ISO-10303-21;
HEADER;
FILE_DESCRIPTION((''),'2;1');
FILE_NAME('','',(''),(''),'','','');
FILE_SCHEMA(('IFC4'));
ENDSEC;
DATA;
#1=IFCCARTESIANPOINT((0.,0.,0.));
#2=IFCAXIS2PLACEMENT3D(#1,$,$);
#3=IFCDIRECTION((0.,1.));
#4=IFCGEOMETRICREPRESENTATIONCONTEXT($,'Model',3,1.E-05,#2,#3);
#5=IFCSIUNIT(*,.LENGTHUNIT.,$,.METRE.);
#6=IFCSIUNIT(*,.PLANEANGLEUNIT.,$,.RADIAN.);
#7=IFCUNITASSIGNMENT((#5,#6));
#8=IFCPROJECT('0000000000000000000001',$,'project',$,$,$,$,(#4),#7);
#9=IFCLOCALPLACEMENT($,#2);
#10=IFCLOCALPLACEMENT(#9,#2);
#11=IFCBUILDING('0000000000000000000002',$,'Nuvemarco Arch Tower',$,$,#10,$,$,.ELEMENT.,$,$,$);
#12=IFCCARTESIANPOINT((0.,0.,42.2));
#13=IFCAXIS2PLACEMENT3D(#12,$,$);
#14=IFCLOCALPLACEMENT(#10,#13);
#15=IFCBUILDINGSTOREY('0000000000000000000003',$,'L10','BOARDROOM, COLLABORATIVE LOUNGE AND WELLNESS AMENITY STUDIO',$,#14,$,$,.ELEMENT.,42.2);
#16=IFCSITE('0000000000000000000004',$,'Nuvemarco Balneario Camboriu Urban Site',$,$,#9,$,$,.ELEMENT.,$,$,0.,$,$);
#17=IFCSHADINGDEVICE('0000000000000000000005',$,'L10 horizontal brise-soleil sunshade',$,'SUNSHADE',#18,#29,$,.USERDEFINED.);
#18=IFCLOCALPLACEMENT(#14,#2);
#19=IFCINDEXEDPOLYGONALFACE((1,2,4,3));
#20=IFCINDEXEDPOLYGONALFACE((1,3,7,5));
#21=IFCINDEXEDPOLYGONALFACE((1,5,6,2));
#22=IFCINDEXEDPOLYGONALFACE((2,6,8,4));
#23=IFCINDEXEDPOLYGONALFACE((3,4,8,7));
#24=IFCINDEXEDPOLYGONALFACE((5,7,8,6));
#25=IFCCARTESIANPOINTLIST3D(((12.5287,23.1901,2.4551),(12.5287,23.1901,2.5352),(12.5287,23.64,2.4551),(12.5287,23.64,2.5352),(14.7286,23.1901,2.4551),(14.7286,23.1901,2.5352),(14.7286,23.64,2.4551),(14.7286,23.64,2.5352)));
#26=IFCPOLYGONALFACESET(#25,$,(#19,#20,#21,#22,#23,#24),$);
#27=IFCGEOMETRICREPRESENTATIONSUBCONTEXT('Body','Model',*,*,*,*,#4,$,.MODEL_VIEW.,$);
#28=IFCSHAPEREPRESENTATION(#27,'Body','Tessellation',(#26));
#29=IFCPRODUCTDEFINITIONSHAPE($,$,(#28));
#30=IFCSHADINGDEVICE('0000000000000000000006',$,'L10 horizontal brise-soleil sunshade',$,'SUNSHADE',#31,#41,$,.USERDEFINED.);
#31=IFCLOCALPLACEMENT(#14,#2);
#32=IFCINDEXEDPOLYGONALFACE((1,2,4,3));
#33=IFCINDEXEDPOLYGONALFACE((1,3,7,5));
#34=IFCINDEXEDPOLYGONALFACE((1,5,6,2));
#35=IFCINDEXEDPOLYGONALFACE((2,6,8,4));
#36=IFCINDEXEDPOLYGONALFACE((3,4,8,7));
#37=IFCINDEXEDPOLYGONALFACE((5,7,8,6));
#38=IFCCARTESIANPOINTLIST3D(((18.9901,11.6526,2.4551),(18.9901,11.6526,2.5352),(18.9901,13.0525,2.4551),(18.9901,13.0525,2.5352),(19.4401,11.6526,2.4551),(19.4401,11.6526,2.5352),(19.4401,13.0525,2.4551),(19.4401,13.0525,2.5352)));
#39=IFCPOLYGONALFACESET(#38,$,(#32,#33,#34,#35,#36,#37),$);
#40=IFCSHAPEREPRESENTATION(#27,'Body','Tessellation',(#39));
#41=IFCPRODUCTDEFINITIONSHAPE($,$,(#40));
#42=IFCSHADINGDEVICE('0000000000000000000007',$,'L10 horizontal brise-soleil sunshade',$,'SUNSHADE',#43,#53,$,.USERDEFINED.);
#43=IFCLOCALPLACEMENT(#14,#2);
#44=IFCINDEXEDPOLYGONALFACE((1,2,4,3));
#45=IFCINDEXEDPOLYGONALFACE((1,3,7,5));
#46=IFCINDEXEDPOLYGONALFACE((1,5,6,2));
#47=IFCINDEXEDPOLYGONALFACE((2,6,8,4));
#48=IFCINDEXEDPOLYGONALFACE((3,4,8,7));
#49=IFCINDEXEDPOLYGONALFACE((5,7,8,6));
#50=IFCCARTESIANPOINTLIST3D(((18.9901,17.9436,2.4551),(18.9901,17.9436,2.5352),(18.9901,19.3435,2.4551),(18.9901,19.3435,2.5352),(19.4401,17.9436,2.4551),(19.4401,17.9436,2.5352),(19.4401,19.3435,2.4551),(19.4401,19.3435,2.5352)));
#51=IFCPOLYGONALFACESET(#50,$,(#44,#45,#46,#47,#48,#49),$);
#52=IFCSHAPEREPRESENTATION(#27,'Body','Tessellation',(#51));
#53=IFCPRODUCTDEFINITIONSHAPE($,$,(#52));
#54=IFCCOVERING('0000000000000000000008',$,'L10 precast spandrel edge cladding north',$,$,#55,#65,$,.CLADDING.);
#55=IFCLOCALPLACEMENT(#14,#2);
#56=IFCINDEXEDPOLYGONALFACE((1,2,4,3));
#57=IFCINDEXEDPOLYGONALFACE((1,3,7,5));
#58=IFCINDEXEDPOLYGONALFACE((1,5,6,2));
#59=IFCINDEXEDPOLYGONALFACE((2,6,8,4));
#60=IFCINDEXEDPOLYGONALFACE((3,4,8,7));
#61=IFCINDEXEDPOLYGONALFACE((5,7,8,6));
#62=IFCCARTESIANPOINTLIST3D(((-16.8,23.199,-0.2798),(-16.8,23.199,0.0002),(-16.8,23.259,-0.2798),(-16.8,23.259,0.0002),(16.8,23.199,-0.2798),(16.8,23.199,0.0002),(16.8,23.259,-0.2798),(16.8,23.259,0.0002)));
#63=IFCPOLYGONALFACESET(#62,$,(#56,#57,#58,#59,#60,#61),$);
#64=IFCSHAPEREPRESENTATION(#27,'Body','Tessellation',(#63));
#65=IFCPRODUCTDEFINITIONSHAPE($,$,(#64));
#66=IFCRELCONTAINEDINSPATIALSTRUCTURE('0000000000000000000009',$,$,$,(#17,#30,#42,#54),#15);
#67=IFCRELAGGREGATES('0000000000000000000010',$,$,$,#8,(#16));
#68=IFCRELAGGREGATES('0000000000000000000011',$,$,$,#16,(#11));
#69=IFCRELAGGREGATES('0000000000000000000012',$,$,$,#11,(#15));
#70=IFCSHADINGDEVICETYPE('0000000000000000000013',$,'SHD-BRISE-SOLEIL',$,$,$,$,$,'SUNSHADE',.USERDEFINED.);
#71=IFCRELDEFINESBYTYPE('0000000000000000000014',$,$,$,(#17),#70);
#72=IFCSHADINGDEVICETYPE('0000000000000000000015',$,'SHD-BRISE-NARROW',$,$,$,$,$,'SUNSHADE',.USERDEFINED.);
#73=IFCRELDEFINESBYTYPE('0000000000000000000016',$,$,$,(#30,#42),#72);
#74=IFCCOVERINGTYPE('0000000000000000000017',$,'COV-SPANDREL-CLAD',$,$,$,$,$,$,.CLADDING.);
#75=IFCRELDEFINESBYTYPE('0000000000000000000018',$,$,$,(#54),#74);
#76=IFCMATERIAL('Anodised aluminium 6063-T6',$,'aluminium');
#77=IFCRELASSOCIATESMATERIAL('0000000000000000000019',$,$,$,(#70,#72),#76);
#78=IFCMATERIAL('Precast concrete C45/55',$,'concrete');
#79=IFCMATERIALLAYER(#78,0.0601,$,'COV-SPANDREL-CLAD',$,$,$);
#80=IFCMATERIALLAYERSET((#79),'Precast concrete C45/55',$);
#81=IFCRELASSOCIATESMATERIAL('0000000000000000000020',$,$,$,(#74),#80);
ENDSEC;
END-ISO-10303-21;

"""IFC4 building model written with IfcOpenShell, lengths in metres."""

from ifc_helpers import new_model, si_unit, direction, frame, origin, origin_2d, place, context, subcontext, project, spatial, rectangle, extrude, source, transform, mapped, material, layer, layer_set, type_object, type_shapes, element, save


model = new_model("IFC4")

# Units and contexts
model_context = context("Model", 3, precision=1e-05, world=origin(), true_north=direction((0.0, 1.0)))
body_context = subcontext(model_context, "Body", "Model", "MODEL_VIEW")
ifc_project = project(units=[si_unit("LENGTHUNIT", "METRE"), si_unit("PLANEANGLEUNIT", "RADIAN")], contexts=[model_context])

# Site, building, storey
site_placement = place(None, origin())
site = spatial("IfcSite", under=ifc_project, at=site_placement, Name="Nuvemarco Balneario Camboriu Urban Site", CompositionType="ELEMENT", RefElevation=0.0)
building_placement = place(site_placement, origin())
building = spatial("IfcBuilding", under=site, at=building_placement, Name="Nuvemarco Arch Tower", CompositionType="ELEMENT")
storey_placement = place(building_placement, frame((0.0, 0.0, 42.2)))
storey = spatial("IfcBuildingStorey", under=building, at=storey_placement, Name="L10", Description="BOARDROOM, COLLABORATIVE LOUNGE AND WELLNESS AMENITY STUDIO", CompositionType="ELEMENT", Elevation=42.2)

# Shared definitions
ifc_material_1 = material(Name="Precast concrete C45/55", Category="concrete")

# Shading devices
ifc_material_2 = material(Name="Anodised aluminium 6063-T6", Category="aluminium")
shading_device_type_1 = type_object("IfcShadingDeviceType", Name="SHD-BRISE-SOLEIL", ElementType="SUNSHADE", PredefinedType="USERDEFINED", material=ifc_material_2)
shared_shape_1 = source(origin(), body_context, "Body", "SweptSolid", [
    extrude(rectangle(XDim=2.2, YDim=0.45, at=origin_2d()), origin(), (0.0, 0.0, 1.0), 0.0801),
])
type_shapes(shading_device_type_1, [shared_shape_1])
for number, where, z_axis, x_axis, name in (
    (1, (13.6287, 23.415, 2.4551), (0.0, 0.0, 1.0), (1.0, 0.0, 0.0), "L10 horizontal brise-soleil sunshade"),
):
    element("IfcShadingDevice", number, at=place(storey_placement, frame(where, z_axis=z_axis, x_axis=x_axis)), inside=storey, type_object=shading_device_type_1, Name=name, ObjectType="SUNSHADE", PredefinedType="USERDEFINED", context=body_context, shape_type="MappedRepresentation", body=[
        mapped(shared_shape_1, transform((0.0, 0.0, 0.0), scale=1.0)),
    ])
shading_device_type_2 = type_object("IfcShadingDeviceType", Name="SHD-BRISE-NARROW", ElementType="SUNSHADE", PredefinedType="USERDEFINED", material=ifc_material_2)
shared_shape_2 = source(origin(), body_context, "Body", "SweptSolid", [
    extrude(rectangle(XDim=1.3999, YDim=0.45, at=origin_2d()), origin(), (0.0, 0.0, 1.0), 0.0801),
])
type_shapes(shading_device_type_2, [shared_shape_2])
for number, where, z_axis, x_axis, name in (
    (2, (19.2151, 12.3525, 2.4551), (0.0, 0.0, 1.0), (0.0, 1.0, 0.0), "L10 horizontal brise-soleil sunshade"),
    (3, (19.2151, 18.6436, 2.4551), (0.0, 0.0, 1.0), (0.0, 1.0, 0.0), "L10 horizontal brise-soleil sunshade"),
):
    element("IfcShadingDevice", number, at=place(storey_placement, frame(where, z_axis=z_axis, x_axis=x_axis)), inside=storey, type_object=shading_device_type_2, Name=name, ObjectType="SUNSHADE", PredefinedType="USERDEFINED", context=body_context, shape_type="MappedRepresentation", body=[
        mapped(shared_shape_2, transform((0.0, 0.0, 0.0), scale=1.0)),
    ])

# Covering
ifc_layer_1 = layer(ifc_material_1, 0.0601, Name="COV-SPANDREL-CLAD")
ifc_layer_set_1 = layer_set([ifc_layer_1], Name="Precast concrete C45/55")
covering_type = type_object("IfcCoveringType", Name="COV-SPANDREL-CLAD", PredefinedType="CLADDING", material=ifc_layer_set_1)
shared_shape_3 = source(origin(), body_context, "Body", "SweptSolid", [
    extrude(rectangle(XDim=33.6001, YDim=0.0601, at=origin_2d()), origin(), (0.0, 0.0, 1.0), 0.28),
])
type_shapes(covering_type, [shared_shape_3])
covering_placement = place(storey_placement, frame((0.0, 23.229, -0.2798), z_axis=(0.0, 0.0, 1.0), x_axis=(1.0, 0.0, 0.0)))
element("IfcCovering", 4, at=covering_placement, inside=storey, type_object=covering_type, Name="L10 precast spandrel edge cladding north", PredefinedType="CLADDING", context=body_context, shape_type="MappedRepresentation", body=[
    mapped(shared_shape_3, transform((0.0, 0.0, 0.0), scale=1.0)),
])

save(model, "model.ifc")
